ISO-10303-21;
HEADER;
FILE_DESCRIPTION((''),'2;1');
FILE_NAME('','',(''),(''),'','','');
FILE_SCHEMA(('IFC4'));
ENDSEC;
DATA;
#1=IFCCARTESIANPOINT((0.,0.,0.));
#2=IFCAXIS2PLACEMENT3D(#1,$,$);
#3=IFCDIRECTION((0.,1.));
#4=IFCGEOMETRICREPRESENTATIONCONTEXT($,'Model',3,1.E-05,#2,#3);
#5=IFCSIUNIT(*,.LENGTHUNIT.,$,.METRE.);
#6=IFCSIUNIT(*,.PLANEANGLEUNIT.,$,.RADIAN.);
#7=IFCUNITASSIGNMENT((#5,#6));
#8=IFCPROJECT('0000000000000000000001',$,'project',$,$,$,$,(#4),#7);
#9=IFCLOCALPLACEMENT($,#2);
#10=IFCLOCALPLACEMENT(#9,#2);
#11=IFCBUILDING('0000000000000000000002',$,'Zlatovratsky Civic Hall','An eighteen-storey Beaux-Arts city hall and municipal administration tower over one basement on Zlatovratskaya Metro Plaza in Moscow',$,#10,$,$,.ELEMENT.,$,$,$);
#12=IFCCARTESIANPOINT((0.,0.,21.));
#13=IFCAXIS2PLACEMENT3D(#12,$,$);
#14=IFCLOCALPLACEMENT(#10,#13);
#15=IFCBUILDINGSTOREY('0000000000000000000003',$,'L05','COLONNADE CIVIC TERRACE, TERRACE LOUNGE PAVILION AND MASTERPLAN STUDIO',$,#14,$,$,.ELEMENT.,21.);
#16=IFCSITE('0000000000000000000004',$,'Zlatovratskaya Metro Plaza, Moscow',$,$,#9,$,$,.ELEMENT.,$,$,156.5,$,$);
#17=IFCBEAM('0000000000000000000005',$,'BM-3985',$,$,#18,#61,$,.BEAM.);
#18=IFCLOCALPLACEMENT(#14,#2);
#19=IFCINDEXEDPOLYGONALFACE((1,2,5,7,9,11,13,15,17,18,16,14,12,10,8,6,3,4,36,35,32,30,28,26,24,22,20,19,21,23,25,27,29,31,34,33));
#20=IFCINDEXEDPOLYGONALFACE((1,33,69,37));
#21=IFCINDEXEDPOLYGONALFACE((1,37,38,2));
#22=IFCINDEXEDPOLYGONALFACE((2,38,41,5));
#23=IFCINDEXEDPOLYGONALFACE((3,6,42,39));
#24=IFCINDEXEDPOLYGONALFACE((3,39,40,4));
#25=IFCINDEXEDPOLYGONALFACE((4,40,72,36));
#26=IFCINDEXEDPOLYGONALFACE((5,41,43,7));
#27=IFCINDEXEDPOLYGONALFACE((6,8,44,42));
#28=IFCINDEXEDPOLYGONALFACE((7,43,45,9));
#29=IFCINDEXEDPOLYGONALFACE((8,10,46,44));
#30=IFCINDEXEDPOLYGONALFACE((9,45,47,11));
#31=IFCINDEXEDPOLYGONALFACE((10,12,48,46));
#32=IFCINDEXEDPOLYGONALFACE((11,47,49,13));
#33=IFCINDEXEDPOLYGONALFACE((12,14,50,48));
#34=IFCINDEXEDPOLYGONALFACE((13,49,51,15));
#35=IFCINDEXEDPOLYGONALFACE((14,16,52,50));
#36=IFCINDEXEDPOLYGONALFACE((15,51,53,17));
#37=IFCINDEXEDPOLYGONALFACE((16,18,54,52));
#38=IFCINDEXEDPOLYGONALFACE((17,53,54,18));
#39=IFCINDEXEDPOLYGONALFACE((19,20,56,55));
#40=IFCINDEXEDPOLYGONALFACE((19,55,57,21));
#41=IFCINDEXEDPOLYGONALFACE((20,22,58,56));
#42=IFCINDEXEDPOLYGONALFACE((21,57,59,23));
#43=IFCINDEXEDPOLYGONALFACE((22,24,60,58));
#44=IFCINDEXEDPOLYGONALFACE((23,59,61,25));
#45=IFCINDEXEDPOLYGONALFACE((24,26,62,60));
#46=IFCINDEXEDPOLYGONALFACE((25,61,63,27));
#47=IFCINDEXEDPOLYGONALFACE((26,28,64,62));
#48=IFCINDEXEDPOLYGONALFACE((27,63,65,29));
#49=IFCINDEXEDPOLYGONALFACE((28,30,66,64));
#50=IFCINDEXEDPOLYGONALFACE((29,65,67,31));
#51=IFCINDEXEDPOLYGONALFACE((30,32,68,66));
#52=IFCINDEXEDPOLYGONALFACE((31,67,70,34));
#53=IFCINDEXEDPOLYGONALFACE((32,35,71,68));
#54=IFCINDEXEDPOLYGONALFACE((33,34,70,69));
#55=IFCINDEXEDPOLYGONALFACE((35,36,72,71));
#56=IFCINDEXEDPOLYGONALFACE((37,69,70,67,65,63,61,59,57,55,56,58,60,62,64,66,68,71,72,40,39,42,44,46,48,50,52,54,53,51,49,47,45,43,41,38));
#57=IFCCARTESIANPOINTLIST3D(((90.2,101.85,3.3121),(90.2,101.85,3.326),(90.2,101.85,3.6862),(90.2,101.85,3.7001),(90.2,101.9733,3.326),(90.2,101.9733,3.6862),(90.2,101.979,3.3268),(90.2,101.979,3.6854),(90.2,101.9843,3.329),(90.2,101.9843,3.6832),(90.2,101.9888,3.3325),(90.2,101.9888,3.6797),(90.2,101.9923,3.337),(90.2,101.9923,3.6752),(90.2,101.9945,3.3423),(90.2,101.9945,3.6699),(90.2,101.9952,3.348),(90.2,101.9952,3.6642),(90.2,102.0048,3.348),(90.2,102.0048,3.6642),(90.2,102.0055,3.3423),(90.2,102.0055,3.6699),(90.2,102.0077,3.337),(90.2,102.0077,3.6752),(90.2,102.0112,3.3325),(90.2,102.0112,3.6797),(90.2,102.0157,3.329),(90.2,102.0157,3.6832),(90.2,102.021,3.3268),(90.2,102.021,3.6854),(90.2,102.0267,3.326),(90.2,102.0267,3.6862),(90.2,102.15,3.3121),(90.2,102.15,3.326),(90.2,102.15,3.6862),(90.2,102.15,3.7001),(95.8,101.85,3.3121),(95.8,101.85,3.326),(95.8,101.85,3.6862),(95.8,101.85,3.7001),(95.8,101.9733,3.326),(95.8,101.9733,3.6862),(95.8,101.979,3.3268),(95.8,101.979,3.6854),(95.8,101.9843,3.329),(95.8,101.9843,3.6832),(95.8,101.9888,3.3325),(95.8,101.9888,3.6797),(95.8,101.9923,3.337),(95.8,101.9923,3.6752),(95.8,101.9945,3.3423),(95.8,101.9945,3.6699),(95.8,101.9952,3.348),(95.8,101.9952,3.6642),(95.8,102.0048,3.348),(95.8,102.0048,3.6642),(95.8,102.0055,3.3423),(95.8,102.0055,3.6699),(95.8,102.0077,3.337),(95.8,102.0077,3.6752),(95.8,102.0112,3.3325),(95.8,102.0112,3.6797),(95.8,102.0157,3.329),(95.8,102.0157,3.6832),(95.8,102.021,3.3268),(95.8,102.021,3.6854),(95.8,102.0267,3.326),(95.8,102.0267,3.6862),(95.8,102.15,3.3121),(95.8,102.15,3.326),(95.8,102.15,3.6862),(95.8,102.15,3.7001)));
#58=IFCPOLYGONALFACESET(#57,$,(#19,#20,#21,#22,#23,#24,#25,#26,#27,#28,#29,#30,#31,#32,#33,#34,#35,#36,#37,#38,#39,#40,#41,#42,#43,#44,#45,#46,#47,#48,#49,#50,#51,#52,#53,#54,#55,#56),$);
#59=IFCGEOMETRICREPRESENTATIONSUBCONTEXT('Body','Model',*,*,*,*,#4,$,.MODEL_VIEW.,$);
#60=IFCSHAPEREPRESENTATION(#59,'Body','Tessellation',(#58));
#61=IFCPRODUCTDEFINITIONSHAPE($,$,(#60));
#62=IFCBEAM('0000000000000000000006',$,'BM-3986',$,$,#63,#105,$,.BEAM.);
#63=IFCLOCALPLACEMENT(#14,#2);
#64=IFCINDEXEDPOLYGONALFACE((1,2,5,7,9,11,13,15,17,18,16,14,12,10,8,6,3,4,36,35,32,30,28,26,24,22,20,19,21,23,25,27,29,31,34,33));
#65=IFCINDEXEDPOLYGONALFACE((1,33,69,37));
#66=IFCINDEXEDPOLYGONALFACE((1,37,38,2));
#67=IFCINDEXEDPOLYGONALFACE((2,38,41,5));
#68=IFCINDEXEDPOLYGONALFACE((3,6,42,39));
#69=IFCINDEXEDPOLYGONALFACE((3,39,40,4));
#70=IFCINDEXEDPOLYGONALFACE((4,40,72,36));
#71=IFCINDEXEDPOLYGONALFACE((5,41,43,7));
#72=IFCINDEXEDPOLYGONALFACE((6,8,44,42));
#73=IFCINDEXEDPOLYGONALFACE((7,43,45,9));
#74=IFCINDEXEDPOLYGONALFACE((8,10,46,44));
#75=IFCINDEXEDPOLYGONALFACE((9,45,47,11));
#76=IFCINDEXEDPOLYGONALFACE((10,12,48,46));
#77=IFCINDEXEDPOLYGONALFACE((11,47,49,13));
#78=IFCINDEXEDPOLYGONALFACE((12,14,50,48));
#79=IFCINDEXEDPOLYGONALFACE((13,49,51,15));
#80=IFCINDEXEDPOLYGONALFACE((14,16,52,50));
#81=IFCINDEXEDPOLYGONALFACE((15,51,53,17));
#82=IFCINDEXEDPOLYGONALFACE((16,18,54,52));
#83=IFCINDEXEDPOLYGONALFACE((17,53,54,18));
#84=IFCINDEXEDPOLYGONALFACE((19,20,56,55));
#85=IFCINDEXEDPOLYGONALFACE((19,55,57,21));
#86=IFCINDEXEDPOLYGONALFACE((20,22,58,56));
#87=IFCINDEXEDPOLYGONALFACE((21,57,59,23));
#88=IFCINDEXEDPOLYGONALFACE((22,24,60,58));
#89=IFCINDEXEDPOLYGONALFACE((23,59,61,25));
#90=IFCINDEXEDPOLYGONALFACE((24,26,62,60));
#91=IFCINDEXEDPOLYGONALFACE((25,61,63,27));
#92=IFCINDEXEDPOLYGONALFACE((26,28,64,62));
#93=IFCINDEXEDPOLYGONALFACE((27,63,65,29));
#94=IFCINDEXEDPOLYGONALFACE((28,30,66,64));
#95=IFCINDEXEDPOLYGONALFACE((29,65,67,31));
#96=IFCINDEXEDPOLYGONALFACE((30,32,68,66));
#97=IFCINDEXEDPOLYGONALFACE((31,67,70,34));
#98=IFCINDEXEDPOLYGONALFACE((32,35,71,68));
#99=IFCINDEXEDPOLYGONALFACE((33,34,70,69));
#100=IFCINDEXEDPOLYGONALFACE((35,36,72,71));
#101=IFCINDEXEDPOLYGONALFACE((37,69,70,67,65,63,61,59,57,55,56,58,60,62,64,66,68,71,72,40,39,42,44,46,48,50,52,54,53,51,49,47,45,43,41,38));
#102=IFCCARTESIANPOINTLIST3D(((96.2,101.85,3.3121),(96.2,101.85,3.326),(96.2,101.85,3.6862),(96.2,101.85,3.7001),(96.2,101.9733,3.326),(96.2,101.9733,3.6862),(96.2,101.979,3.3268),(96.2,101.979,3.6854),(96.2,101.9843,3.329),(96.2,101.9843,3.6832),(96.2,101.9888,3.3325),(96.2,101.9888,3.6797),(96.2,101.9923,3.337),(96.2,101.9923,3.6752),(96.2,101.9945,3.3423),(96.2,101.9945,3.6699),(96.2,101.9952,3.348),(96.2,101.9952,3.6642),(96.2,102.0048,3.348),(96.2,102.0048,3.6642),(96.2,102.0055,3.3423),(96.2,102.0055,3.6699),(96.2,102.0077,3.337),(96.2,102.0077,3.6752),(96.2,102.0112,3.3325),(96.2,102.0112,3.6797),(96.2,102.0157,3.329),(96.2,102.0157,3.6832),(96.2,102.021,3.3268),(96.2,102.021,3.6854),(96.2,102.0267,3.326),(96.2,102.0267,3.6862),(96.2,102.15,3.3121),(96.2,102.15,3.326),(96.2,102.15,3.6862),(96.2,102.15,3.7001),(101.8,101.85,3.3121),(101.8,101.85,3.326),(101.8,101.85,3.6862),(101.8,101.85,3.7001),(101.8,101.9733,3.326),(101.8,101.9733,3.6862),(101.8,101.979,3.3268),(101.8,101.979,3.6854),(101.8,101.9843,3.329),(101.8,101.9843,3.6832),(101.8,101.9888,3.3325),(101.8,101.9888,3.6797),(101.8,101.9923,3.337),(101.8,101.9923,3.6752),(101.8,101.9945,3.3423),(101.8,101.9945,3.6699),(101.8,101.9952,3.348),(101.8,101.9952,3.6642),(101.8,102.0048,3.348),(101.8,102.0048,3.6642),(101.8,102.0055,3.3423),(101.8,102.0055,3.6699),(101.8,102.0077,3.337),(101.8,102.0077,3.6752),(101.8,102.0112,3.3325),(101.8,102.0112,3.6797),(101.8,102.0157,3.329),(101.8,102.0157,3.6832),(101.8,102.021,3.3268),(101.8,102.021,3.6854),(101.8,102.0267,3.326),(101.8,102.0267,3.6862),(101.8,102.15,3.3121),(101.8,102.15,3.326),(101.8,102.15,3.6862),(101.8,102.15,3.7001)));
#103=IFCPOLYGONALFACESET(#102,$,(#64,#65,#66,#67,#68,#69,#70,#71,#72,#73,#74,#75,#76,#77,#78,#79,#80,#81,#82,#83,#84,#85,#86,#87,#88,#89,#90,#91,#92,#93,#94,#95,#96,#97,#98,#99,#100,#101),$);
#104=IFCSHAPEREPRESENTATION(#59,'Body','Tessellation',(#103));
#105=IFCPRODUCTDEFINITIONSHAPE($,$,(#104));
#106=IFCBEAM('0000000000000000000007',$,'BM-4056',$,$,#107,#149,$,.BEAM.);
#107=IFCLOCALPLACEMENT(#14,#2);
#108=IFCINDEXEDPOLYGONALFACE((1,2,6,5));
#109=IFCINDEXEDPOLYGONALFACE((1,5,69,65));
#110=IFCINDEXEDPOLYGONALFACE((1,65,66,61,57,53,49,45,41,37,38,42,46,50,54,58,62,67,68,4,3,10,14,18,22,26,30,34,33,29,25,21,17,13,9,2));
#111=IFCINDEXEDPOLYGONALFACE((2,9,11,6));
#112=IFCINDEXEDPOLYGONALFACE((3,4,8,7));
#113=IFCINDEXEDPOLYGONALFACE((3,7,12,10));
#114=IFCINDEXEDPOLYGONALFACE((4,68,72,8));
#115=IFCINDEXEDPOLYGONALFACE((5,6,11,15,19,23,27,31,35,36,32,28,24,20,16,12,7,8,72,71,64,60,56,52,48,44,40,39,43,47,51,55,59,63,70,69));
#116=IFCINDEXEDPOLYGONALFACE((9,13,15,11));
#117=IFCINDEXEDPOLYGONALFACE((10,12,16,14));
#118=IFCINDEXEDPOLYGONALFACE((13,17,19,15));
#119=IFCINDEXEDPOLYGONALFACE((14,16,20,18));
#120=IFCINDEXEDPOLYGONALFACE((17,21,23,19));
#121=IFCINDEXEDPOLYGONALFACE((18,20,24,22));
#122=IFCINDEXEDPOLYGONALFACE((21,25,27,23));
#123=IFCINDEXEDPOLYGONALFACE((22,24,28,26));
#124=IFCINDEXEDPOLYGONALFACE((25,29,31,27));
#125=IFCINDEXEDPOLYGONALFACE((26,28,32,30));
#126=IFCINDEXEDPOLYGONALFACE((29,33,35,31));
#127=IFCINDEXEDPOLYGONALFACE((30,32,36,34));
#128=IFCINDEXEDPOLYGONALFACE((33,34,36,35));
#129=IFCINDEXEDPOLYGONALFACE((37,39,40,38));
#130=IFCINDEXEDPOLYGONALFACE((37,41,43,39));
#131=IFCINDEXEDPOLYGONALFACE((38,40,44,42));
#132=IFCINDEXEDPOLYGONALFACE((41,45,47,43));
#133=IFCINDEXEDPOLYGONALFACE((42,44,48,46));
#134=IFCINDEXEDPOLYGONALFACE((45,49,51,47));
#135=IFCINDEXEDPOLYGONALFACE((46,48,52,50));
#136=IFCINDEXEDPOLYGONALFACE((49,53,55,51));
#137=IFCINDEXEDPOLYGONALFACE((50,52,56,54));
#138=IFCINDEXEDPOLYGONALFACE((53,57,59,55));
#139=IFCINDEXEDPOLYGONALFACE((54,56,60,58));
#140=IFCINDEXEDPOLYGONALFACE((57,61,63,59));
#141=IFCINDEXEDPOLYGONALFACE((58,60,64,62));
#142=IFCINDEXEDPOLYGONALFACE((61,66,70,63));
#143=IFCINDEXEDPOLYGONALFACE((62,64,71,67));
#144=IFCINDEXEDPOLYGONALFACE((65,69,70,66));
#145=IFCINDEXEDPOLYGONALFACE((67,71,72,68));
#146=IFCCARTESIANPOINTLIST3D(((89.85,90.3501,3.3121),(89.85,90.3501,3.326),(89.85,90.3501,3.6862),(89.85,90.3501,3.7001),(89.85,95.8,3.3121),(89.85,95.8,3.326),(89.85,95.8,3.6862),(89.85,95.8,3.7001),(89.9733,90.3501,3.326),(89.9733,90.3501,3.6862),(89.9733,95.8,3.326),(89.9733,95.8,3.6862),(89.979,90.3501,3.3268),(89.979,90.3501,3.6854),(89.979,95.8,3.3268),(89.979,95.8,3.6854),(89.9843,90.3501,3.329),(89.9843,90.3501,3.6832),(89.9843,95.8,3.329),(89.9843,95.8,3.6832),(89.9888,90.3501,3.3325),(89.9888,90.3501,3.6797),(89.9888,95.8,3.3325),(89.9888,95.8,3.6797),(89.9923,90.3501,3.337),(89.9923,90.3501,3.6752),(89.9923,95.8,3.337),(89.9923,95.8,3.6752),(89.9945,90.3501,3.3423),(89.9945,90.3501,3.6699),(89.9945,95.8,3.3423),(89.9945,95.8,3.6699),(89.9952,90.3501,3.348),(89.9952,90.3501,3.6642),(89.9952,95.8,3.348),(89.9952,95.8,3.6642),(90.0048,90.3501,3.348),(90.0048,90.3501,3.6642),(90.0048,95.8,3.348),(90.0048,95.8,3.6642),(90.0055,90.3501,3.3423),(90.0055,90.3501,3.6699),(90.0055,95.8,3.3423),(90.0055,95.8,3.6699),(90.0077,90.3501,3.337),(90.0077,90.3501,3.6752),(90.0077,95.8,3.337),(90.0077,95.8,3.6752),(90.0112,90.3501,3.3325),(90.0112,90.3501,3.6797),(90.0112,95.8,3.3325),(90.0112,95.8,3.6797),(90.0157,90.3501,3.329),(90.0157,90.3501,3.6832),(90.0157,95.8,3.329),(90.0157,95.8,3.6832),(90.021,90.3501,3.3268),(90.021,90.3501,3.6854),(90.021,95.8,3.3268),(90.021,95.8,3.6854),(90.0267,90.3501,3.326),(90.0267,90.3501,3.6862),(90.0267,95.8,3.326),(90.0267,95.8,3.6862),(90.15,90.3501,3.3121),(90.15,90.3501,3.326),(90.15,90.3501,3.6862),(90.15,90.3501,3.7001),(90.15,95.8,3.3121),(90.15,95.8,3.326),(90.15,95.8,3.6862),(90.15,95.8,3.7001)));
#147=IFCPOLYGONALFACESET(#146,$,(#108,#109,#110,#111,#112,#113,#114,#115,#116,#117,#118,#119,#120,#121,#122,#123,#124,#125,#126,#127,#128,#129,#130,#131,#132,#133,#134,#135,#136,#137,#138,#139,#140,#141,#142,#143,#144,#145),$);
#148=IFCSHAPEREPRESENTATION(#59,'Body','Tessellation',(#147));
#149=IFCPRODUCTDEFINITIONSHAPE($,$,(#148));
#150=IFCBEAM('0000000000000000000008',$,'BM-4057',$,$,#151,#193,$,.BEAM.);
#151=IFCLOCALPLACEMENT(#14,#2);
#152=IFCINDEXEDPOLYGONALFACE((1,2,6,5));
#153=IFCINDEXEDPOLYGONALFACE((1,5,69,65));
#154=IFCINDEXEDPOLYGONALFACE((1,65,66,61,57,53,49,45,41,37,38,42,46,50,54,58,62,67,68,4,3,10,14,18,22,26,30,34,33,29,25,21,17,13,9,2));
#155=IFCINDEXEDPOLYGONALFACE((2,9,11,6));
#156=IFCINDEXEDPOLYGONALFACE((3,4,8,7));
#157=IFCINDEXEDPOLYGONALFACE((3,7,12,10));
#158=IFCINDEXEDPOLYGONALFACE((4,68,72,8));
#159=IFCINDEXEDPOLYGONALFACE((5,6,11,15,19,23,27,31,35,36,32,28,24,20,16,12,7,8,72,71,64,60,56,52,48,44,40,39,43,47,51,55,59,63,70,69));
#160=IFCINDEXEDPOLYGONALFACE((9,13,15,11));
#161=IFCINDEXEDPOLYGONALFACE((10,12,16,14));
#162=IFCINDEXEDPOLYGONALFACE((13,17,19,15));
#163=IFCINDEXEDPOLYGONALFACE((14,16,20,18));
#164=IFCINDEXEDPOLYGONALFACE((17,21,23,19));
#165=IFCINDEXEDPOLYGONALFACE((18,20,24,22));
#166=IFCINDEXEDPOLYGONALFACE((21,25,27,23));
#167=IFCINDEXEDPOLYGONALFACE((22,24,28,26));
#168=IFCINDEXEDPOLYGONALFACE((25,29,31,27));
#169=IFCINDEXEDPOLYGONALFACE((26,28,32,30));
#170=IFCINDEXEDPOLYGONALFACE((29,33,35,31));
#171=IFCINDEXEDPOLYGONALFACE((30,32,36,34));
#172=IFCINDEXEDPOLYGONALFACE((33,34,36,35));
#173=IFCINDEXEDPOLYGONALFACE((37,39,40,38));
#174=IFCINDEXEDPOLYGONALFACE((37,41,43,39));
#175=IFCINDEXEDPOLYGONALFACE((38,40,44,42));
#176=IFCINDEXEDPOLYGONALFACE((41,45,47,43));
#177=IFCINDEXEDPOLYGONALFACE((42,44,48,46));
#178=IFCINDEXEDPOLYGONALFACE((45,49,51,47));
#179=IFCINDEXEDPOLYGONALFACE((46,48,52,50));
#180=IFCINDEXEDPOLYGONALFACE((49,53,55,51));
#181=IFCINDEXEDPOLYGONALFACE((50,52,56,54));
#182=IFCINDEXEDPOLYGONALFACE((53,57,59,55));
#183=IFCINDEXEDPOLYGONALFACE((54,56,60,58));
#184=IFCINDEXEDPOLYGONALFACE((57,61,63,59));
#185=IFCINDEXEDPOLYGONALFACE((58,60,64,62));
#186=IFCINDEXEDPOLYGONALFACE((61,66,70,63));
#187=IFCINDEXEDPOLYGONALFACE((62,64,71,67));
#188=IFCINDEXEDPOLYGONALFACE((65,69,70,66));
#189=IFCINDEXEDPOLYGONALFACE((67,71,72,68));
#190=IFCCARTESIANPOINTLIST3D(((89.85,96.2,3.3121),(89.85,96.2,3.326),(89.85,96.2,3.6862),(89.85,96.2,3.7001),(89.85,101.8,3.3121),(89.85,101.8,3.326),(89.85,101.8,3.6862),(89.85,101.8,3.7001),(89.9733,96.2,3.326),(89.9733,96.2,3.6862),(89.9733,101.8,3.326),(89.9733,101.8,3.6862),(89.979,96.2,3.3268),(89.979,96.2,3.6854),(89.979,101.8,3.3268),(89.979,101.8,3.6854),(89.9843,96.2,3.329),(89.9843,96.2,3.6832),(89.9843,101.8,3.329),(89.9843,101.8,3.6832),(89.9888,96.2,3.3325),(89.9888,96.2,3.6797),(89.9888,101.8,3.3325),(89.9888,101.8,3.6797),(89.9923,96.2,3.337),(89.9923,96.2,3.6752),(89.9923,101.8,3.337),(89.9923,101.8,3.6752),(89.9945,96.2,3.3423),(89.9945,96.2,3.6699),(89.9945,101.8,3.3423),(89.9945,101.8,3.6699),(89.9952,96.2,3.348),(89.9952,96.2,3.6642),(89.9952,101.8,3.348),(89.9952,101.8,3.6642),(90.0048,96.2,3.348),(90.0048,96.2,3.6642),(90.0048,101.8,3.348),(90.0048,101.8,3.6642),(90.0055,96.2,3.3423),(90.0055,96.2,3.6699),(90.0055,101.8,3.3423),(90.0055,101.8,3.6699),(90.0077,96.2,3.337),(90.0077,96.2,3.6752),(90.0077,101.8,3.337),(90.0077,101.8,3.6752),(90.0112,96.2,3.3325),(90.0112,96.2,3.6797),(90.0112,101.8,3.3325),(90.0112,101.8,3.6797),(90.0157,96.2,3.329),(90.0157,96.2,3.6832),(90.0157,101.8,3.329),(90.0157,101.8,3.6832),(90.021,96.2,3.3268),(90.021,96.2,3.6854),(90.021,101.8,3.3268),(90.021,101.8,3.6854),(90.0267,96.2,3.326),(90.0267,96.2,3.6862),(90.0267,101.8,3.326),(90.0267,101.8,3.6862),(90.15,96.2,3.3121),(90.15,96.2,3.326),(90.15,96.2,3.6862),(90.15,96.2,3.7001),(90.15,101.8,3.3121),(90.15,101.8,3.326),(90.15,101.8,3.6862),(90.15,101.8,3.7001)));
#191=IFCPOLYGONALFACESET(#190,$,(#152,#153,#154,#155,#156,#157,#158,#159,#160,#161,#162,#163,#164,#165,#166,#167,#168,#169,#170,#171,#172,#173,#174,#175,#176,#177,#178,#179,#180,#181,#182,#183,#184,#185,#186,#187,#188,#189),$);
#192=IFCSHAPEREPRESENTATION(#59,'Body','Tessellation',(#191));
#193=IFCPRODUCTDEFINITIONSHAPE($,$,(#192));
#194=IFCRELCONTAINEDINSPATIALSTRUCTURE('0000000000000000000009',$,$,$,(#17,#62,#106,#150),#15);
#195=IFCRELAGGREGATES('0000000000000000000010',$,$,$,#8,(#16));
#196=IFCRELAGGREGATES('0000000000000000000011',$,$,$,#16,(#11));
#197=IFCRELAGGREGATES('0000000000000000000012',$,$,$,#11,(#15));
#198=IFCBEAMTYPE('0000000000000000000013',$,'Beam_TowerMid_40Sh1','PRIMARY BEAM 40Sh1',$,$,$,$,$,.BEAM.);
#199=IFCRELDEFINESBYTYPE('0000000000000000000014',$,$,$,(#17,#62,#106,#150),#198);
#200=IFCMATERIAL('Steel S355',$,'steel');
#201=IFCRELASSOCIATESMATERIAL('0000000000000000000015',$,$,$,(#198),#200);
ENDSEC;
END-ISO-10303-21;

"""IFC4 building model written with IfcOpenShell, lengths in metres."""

from ifc_helpers import new_model, si_unit, direction, frame, origin, origin_2d, place, context, subcontext, project, spatial, i_section, extrude, material, material_profile, profile_set, type_object, element, save


model = new_model("IFC4")

# Units and contexts
model_context = context("Model", 3, precision=1e-05, world=origin(), true_north=direction((0.0, 1.0)))
body_context = subcontext(model_context, "Body", "Model", "MODEL_VIEW")
ifc_project = project(units=[si_unit("LENGTHUNIT", "METRE"), si_unit("PLANEANGLEUNIT", "RADIAN")], contexts=[model_context])

# Site, building, storey
site_placement = place(None, origin())
site = spatial("IfcSite", under=ifc_project, at=site_placement, Name="Zlatovratskaya Metro Plaza, Moscow", CompositionType="ELEMENT", RefElevation=156.5)
building_placement = place(site_placement, origin())
building = spatial("IfcBuilding", under=site, at=building_placement, Name="Zlatovratsky Civic Hall", Description="An eighteen-storey Beaux-Arts city hall and municipal administration tower over one basement on Zlatovratskaya Metro Plaza in Moscow", CompositionType="ELEMENT")
storey_placement = place(building_placement, frame((0.0, 0.0, 21.0)))
storey = spatial("IfcBuildingStorey", under=building, at=storey_placement, Name="L05", Description="COLONNADE CIVIC TERRACE, TERRACE LOUNGE PAVILION AND MASTERPLAN STUDIO", CompositionType="ELEMENT", Elevation=21.0)

# Shared definitions
ifc_material_1 = material(Name="Steel S355", Category="steel")

# Beams
ifc_material_profile_1 = material_profile(ifc_material_1, i_section(OverallWidth=0.3, OverallDepth=0.3879, WebThickness=0.0095, FlangeThickness=0.0139, FilletRadius=0.022, at=origin_2d()), Name="40Sh1")
ifc_profile_set_1 = profile_set([ifc_material_profile_1], Name="Steel S355")
beam_type_1 = type_object("IfcBeamType", Name="Beam_TowerMid_40Sh1", Description="PRIMARY BEAM 40Sh1", PredefinedType="BEAM", material=ifc_profile_set_1)
for number, where, z_axis, x_axis, name in (
    (1, (90.2, 102.0, 3.5061), (1.0, 0.0, 0.0), (0.0, 1.0, 0.0), "BM-3985"),
    (2, (96.2, 102.0, 3.5061), (1.0, 0.0, 0.0), (0.0, 1.0, 0.0), "BM-3986"),
):
    element("IfcBeam", number, at=place(storey_placement, frame(where, z_axis=z_axis, x_axis=x_axis)), inside=storey, type_object=beam_type_1, Name=name, PredefinedType="BEAM", context=body_context, shape_type="SweptSolid", body=[
        extrude(i_section(OverallWidth=0.3, OverallDepth=0.3879, WebThickness=0.0095, FlangeThickness=0.0139, FilletRadius=0.022, at=origin_2d()), origin(), (0.0, 0.0, 1.0), 5.6001),
    ])
beam_1_placement = place(storey_placement, frame((90.0, 90.3501, 3.5061), z_axis=(0.0, 1.0, 0.0), x_axis=(-1.0, 0.0, 0.0)))
element("IfcBeam", 3, at=beam_1_placement, inside=storey, type_object=beam_type_1, Name="BM-4056", PredefinedType="BEAM", context=body_context, shape_type="SweptSolid", body=[
    extrude(i_section(OverallWidth=0.3, OverallDepth=0.3879, WebThickness=0.0095, FlangeThickness=0.0139, FilletRadius=0.022, at=origin_2d()), origin(), (0.0, 0.0, 1.0), 5.45),
])
beam_2_placement = place(storey_placement, frame((90.0, 96.2, 3.5061), z_axis=(0.0, 1.0, 0.0), x_axis=(-1.0, 0.0, 0.0)))
element("IfcBeam", 4, at=beam_2_placement, inside=storey, type_object=beam_type_1, Name="BM-4057", PredefinedType="BEAM", context=body_context, shape_type="SweptSolid", body=[
    extrude(i_section(OverallWidth=0.3, OverallDepth=0.3879, WebThickness=0.0095, FlangeThickness=0.0139, FilletRadius=0.022, at=origin_2d()), origin(), (0.0, 0.0, 1.0), 5.6001),
])

save(model, "model.ifc")
